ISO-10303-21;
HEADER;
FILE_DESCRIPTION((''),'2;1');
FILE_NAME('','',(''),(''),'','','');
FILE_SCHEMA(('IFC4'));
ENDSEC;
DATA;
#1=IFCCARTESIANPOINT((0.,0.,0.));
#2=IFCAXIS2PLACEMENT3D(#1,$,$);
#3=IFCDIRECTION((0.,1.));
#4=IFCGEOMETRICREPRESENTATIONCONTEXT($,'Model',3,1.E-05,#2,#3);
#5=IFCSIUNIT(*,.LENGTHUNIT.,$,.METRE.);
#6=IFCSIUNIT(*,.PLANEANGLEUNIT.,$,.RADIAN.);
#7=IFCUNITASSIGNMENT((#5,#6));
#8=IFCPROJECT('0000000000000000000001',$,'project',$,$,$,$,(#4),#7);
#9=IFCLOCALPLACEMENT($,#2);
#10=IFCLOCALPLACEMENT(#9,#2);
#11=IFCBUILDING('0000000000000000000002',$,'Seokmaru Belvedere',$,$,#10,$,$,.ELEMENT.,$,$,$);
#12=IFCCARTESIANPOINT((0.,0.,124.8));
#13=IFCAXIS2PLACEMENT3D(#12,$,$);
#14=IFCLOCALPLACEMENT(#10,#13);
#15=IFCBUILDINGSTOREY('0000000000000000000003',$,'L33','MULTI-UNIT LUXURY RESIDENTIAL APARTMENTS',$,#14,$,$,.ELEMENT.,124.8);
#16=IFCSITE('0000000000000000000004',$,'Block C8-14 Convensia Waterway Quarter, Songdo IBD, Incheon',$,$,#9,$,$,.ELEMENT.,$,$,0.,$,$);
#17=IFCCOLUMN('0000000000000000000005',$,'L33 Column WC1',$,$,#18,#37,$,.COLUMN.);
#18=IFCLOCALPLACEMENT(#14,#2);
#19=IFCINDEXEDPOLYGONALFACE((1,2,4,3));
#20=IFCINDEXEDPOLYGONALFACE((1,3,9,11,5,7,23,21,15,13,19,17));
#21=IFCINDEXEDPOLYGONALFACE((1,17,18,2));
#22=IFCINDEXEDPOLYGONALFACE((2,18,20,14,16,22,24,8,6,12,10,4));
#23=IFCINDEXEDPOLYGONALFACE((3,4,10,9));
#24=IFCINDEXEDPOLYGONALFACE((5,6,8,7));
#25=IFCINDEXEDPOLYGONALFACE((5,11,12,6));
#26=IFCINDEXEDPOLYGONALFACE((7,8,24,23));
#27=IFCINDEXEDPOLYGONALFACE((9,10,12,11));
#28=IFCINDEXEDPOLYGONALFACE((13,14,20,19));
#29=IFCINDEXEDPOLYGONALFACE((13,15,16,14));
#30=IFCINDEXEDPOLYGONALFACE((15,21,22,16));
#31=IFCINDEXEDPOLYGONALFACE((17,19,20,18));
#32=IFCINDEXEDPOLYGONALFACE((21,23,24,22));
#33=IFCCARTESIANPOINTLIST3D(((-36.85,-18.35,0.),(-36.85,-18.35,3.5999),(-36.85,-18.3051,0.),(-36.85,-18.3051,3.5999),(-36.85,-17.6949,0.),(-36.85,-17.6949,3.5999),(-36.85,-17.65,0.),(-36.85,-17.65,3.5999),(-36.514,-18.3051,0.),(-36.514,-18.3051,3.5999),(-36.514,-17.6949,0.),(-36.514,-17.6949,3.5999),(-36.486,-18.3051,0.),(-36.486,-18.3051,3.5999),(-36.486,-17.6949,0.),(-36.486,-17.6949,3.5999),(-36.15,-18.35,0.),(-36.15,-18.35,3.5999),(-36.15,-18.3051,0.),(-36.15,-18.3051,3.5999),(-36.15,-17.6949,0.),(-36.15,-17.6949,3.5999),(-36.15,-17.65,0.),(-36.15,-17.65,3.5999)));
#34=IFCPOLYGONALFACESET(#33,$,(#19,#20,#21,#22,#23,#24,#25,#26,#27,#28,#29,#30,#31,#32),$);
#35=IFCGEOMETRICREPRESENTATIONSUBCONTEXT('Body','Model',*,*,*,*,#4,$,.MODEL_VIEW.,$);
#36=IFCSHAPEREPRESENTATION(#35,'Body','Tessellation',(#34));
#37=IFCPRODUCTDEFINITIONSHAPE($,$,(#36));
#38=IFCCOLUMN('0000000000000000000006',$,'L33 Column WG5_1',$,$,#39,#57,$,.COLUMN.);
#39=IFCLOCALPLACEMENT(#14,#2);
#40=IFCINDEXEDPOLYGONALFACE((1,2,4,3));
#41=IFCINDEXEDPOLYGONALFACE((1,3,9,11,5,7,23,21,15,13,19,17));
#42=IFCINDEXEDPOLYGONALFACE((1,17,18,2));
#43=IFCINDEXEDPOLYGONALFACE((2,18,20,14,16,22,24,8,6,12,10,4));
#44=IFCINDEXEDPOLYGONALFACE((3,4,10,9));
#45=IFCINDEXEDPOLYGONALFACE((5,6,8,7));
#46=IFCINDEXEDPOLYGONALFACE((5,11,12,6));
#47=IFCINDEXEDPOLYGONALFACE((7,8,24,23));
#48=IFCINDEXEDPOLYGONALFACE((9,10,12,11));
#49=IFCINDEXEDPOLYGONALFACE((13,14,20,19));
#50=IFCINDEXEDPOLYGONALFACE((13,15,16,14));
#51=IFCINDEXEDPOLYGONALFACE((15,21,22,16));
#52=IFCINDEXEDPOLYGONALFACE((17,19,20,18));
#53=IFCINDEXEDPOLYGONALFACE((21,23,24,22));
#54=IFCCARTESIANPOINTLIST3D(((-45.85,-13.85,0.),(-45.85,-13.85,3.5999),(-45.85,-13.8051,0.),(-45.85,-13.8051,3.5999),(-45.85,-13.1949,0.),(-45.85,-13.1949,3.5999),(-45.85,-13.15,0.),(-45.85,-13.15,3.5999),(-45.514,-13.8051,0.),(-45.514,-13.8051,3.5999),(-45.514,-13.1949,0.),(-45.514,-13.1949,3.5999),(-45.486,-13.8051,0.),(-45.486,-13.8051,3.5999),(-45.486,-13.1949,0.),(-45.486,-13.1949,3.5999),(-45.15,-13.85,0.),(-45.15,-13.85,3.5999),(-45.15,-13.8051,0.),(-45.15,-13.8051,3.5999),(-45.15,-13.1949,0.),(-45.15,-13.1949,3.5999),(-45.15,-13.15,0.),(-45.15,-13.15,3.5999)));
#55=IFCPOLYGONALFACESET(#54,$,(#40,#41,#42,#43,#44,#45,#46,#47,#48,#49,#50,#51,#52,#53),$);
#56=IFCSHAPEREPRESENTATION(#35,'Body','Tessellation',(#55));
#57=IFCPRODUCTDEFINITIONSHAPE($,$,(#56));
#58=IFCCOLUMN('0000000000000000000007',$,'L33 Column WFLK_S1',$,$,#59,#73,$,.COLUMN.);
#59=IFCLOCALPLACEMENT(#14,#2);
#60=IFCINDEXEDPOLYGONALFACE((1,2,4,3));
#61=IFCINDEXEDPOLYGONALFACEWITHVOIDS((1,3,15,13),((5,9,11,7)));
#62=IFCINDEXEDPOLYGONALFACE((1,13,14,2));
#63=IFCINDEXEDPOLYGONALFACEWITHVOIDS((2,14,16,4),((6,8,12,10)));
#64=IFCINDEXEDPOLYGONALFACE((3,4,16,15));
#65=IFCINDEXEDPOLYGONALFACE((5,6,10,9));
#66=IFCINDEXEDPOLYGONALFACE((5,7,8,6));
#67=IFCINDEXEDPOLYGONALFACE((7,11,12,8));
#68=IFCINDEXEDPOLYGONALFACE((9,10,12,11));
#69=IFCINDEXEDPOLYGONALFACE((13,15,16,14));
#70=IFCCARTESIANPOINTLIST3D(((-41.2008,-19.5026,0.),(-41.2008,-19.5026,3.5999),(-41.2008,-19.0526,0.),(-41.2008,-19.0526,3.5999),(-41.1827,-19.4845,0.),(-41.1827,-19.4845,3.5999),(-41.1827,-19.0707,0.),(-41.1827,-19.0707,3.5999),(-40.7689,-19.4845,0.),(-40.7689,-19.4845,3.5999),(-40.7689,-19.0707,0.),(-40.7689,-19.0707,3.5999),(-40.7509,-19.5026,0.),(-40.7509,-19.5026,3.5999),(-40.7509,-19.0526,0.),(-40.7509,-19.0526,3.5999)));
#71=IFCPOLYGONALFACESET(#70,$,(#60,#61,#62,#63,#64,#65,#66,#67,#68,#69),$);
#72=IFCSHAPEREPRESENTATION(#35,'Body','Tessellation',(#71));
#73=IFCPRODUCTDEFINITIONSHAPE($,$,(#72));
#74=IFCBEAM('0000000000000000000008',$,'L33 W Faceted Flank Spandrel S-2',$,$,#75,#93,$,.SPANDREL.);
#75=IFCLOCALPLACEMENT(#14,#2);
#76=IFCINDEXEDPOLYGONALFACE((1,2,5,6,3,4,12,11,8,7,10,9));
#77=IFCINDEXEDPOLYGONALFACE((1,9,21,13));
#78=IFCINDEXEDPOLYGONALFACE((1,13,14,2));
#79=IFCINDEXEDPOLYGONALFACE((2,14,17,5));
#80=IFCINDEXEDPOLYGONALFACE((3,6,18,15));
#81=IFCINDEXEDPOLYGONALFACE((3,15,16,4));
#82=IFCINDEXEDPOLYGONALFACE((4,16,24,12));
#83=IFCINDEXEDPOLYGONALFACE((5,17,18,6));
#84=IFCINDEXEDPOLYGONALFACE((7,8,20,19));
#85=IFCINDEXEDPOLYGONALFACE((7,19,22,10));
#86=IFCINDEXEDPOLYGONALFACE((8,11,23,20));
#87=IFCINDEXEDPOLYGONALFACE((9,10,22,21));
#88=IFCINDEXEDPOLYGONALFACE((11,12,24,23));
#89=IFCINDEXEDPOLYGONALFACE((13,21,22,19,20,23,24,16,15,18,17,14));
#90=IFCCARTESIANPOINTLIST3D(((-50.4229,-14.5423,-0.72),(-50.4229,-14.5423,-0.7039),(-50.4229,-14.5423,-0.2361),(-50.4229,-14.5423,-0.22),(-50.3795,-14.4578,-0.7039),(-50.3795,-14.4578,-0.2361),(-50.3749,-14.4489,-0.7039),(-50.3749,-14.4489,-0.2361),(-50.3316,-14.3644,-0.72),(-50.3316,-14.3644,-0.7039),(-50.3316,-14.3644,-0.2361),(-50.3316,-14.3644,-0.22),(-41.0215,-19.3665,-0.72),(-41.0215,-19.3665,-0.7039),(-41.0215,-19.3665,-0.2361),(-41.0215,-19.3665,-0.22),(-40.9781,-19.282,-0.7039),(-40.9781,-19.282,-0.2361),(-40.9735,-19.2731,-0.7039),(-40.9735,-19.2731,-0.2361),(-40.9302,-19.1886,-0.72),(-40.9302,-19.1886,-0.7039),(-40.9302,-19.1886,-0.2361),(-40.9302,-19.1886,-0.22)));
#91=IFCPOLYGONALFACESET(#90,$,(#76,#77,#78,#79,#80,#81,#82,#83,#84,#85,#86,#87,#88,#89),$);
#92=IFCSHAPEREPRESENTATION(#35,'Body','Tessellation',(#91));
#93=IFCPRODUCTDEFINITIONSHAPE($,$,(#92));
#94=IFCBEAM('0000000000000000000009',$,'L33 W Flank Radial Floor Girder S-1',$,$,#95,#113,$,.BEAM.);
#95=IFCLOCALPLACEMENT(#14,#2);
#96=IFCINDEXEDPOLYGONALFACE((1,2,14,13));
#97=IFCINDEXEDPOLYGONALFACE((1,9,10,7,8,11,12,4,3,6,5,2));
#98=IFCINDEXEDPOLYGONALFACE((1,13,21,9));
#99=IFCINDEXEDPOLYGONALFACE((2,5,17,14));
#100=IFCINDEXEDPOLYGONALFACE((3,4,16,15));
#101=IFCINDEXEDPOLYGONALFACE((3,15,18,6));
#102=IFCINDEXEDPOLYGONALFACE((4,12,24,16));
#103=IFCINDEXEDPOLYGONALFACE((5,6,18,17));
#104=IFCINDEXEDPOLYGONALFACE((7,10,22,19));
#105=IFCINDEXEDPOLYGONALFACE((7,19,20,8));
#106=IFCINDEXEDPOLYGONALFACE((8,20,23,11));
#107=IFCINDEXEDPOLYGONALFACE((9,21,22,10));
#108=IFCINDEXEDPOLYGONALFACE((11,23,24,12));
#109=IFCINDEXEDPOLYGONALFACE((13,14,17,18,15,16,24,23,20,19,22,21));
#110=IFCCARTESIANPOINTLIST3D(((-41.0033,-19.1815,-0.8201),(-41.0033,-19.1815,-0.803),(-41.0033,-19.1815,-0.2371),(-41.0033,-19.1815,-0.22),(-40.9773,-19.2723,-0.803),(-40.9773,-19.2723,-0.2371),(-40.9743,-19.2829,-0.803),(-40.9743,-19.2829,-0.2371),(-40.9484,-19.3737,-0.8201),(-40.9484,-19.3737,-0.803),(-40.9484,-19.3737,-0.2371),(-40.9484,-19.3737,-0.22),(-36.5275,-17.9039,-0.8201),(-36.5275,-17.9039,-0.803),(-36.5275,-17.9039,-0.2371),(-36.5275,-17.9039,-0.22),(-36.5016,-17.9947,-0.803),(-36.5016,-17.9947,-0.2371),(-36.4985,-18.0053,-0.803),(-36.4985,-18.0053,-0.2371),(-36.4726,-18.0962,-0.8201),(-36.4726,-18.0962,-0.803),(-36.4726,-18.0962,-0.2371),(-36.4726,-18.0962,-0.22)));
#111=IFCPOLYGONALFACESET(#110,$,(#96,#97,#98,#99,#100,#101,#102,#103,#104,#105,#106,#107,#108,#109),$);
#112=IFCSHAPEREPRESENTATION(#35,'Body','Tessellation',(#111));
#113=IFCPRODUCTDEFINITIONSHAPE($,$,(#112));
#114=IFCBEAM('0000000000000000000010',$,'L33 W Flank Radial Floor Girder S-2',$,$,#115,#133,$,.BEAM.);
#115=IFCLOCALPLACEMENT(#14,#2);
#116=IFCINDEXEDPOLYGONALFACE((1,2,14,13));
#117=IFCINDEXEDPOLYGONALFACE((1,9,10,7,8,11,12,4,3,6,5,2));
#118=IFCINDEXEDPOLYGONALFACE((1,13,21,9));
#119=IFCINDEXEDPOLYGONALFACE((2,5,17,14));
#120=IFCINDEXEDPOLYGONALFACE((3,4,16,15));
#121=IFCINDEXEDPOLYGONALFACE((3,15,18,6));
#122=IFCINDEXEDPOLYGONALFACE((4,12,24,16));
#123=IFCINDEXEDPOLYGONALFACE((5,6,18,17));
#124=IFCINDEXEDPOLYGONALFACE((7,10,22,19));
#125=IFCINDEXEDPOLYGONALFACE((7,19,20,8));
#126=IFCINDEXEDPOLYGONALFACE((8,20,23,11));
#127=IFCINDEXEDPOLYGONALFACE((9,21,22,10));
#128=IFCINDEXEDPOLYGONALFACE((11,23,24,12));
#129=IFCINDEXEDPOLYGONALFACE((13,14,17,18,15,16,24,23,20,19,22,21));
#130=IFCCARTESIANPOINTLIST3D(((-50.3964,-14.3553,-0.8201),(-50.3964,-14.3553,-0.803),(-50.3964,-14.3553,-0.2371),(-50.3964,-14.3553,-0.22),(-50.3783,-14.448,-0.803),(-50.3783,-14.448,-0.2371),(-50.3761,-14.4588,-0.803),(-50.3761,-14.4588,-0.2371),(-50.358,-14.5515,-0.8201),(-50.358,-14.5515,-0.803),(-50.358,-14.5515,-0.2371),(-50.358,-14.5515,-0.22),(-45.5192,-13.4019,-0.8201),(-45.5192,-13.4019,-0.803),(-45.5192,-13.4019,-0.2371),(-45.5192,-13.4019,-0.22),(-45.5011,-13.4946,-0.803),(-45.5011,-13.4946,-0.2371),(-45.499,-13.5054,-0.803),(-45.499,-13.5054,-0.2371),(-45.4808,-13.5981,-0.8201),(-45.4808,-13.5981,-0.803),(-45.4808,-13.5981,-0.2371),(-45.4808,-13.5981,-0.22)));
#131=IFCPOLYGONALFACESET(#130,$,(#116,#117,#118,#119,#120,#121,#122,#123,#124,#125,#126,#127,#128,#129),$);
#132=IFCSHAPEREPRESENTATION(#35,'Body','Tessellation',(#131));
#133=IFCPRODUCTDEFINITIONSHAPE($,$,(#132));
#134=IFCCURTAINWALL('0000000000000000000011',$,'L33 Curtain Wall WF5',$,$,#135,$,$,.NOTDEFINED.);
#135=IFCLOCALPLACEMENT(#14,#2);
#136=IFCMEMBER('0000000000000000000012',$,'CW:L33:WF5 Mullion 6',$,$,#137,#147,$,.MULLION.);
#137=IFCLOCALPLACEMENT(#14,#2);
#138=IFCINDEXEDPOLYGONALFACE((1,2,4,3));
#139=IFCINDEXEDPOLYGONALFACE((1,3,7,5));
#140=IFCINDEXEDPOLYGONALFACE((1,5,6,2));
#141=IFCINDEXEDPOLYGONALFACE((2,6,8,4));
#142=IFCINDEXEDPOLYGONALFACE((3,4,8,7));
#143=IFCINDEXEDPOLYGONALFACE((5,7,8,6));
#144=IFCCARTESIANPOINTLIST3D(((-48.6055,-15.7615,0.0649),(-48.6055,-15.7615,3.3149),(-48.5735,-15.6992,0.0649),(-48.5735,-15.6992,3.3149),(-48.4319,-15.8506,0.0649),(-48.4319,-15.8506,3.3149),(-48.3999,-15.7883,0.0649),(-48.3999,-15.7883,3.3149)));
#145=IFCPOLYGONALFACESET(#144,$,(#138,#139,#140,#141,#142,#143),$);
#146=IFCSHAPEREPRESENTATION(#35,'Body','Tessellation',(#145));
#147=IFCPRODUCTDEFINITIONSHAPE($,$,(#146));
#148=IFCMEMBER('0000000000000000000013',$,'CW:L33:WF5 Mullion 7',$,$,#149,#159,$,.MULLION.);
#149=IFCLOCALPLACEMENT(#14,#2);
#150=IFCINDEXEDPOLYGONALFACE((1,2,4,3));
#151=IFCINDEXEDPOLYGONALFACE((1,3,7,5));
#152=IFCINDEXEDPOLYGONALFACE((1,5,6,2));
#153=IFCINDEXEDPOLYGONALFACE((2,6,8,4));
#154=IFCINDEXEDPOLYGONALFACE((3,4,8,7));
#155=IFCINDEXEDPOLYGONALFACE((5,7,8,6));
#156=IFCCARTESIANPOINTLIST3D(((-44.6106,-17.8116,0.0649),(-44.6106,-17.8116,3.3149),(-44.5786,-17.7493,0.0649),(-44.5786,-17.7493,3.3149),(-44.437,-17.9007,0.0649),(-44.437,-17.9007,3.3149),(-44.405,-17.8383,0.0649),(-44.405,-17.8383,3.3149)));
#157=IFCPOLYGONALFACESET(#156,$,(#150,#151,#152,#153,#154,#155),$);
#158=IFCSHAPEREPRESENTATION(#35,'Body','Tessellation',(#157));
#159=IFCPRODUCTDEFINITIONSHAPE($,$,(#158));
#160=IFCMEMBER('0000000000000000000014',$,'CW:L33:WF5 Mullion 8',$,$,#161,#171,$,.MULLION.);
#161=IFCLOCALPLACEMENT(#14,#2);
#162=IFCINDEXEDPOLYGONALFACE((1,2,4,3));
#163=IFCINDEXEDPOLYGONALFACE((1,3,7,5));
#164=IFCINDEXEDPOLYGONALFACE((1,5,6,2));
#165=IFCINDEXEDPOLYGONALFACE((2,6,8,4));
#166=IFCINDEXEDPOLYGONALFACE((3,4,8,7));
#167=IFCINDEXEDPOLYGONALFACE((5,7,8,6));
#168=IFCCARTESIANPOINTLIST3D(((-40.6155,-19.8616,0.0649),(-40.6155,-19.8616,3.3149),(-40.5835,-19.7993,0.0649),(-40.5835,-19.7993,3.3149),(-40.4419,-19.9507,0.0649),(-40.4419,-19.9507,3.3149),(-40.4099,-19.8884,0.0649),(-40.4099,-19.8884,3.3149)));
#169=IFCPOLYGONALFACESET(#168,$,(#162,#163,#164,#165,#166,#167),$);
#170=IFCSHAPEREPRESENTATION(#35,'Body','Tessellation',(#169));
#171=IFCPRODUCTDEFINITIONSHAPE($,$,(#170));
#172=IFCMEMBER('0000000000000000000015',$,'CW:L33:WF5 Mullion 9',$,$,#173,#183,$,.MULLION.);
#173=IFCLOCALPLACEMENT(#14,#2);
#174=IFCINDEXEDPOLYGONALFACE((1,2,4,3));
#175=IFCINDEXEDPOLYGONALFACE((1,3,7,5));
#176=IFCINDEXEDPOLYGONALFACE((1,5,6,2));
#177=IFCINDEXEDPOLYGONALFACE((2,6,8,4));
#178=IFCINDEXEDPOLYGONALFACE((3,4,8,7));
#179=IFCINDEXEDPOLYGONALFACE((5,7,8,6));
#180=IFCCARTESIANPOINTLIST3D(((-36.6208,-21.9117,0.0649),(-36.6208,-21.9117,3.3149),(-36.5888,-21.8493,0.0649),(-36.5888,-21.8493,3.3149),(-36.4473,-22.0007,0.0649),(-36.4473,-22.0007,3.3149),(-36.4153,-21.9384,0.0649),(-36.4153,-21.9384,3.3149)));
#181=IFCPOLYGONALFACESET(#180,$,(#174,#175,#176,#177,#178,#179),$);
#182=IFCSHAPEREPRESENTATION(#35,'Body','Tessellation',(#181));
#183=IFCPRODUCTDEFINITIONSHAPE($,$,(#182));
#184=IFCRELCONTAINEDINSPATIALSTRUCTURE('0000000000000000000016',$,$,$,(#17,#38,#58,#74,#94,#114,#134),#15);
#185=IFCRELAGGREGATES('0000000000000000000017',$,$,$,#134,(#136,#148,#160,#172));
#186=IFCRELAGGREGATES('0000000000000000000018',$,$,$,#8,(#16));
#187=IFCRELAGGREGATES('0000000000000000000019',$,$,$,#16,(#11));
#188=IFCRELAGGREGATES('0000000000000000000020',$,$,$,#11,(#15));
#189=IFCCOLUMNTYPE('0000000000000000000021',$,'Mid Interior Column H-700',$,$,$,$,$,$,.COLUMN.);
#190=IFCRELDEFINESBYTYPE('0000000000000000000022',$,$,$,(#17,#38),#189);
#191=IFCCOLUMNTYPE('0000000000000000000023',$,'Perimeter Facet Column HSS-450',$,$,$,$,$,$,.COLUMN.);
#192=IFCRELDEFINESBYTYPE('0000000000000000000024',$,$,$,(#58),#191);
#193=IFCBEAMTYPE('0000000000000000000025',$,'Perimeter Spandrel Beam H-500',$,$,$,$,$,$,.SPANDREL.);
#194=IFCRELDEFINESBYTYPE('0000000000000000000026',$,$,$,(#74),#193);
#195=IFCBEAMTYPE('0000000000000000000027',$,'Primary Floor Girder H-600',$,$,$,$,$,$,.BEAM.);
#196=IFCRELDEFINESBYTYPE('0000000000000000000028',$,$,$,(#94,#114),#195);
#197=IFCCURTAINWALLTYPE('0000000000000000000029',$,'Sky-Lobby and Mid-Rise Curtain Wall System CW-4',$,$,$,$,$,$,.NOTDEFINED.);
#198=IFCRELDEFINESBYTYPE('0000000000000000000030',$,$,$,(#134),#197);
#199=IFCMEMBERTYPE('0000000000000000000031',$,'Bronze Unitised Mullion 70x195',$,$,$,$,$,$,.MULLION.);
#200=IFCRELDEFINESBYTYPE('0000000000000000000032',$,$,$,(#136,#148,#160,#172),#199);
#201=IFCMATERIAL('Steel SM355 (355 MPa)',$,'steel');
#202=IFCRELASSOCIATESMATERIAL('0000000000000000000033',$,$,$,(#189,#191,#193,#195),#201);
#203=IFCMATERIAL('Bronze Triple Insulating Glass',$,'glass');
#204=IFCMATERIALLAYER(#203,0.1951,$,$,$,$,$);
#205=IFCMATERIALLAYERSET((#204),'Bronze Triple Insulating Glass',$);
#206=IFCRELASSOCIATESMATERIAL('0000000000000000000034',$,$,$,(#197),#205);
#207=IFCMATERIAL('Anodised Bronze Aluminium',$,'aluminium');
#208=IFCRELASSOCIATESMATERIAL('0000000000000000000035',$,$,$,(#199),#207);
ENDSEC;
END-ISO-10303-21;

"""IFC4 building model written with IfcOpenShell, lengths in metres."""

from ifc_helpers import new_model, si_unit, direction, frame, origin, origin_2d, place, context, subcontext, project, spatial, rectangle, hollow_rectangle, i_section, extrude, source, transform, mapped, material, layer, layer_set, material_profile, profile_set, type_object, type_shapes, element, aggregate, save


model = new_model("IFC4")

# Units and contexts
model_context = context("Model", 3, precision=1e-05, world=origin(), true_north=direction((0.0, 1.0)))
body_context = subcontext(model_context, "Body", "Model", "MODEL_VIEW")
ifc_project = project(units=[si_unit("LENGTHUNIT", "METRE"), si_unit("PLANEANGLEUNIT", "RADIAN")], contexts=[model_context])

# Site, building, storey
site_placement = place(None, origin())
site = spatial("IfcSite", under=ifc_project, at=site_placement, Name="Block C8-14 Convensia Waterway Quarter, Songdo IBD, Incheon", CompositionType="ELEMENT", RefElevation=0.0)
building_placement = place(site_placement, origin())
building = spatial("IfcBuilding", under=site, at=building_placement, Name="Seokmaru Belvedere", CompositionType="ELEMENT")
storey_placement = place(building_placement, frame((0.0, 0.0, 124.8)))
storey = spatial("IfcBuildingStorey", under=building, at=storey_placement, Name="L33", Description="MULTI-UNIT LUXURY RESIDENTIAL APARTMENTS", CompositionType="ELEMENT", Elevation=124.8)

# Columns
ifc_material_1 = material(Name="Steel SM355 (355 MPa)", Category="steel")
ifc_material_profile_1 = material_profile(ifc_material_1, i_section(OverallWidth=0.7, OverallDepth=0.7, WebThickness=0.0281, FlangeThickness=0.0449, at=origin_2d()), Name="H-700x700x28x45")
ifc_profile_set_1 = profile_set([ifc_material_profile_1], Name="Steel SM355 (355 MPa)")
column_type_1 = type_object("IfcColumnType", Name="Mid Interior Column H-700", PredefinedType="COLUMN", material=ifc_profile_set_1)
shared_shape_1 = source(origin(), body_context, "Body", "SweptSolid", [
    extrude(i_section(OverallWidth=0.7, OverallDepth=0.7, WebThickness=0.0281, FlangeThickness=0.0449, at=origin_2d()), origin(), (0.0, 0.0, 1.0), 3.5999),
])
type_shapes(column_type_1, [shared_shape_1])
for number, where, z_axis, x_axis, name in (
    (1, (-36.5, -18.0, 0.0), (0.0, 0.0, 1.0), (1.0, 0.0, 0.0), "L33 Column WC1"),
    (2, (-45.5, -13.5, 0.0), (0.0, 0.0, 1.0), (1.0, 0.0, 0.0), "L33 Column WG5_1"),
):
    element("IfcColumn", number, at=place(storey_placement, frame(where, z_axis=z_axis, x_axis=x_axis)), inside=storey, type_object=column_type_1, Name=name, PredefinedType="COLUMN", context=body_context, shape_type="MappedRepresentation", body=[
        mapped(shared_shape_1, transform((0.0, 0.0, 0.0), scale=1.0)),
    ])
ifc_material_profile_2 = material_profile(ifc_material_1, hollow_rectangle(XDim=0.45, YDim=0.45, WallThickness=0.0181, at=origin_2d()), Name="HSS-450x450x18")
ifc_profile_set_2 = profile_set([ifc_material_profile_2], Name="Steel SM355 (355 MPa)")
column_type_2 = type_object("IfcColumnType", Name="Perimeter Facet Column HSS-450", PredefinedType="COLUMN", material=ifc_profile_set_2)
shared_shape_2 = source(origin(), body_context, "Body", "SweptSolid", [
    extrude(hollow_rectangle(XDim=0.45, YDim=0.45, WallThickness=0.0181, at=origin_2d()), origin(), (0.0, 0.0, 1.0), 3.5999),
])
type_shapes(column_type_2, [shared_shape_2])
column_placement = place(storey_placement, frame((-40.9758, -19.2776, 0.0), z_axis=(0.0, 0.0, 1.0), x_axis=(1.0, 0.0, 0.0)))
element("IfcColumn", 3, at=column_placement, inside=storey, type_object=column_type_2, Name="L33 Column WFLK_S1", PredefinedType="COLUMN", context=body_context, shape_type="MappedRepresentation", body=[
    mapped(shared_shape_2, transform((0.0, 0.0, 0.0), scale=1.0)),
])

# Beams
ifc_material_profile_3 = material_profile(ifc_material_1, i_section(OverallWidth=0.2, OverallDepth=0.5, WebThickness=0.01, FlangeThickness=0.0161, at=origin_2d()), Name="H-500x200x10x16")
ifc_profile_set_3 = profile_set([ifc_material_profile_3], Name="Steel SM355 (355 MPa)")
beam_type_1 = type_object("IfcBeamType", Name="Perimeter Spandrel Beam H-500", PredefinedType="SPANDREL", material=ifc_profile_set_3)
shared_shape_3 = source(origin(), body_context, "Body", "SweptSolid", [
    extrude(i_section(OverallWidth=0.2, OverallDepth=0.5, WebThickness=0.01, FlangeThickness=0.0161, at=origin_2d()), origin(), (0.0, 0.0, 1.0), 10.5669),
])
type_shapes(beam_type_1, [shared_shape_3])
beam_1_placement = place(storey_placement, frame((-40.9758, -19.2776, -0.47), z_axis=(-0.889702, 0.456542, 0.0), x_axis=(-0.456542, -0.889702, 0.0)))
element("IfcBeam", 4, at=beam_1_placement, inside=storey, type_object=beam_type_1, Name="L33 W Faceted Flank Spandrel S-2", PredefinedType="SPANDREL", context=body_context, shape_type="MappedRepresentation", body=[
    mapped(shared_shape_3, transform((0.0, 0.0, 0.0), scale=1.0)),
])
ifc_material_profile_4 = material_profile(ifc_material_1, i_section(OverallWidth=0.2, OverallDepth=0.6001, WebThickness=0.011, FlangeThickness=0.0171, at=origin_2d()), Name="H-600x200x11x17")
ifc_profile_set_4 = profile_set([ifc_material_profile_4], Name="Steel SM355 (355 MPa)")
beam_type_2 = type_object("IfcBeamType", Name="Primary Floor Girder H-600", PredefinedType="BEAM", material=ifc_profile_set_4)
shared_shape_4 = source(origin(), body_context, "Body", "SweptSolid", [
    extrude(i_section(OverallWidth=0.2, OverallDepth=0.6001, WebThickness=0.011, FlangeThickness=0.0171, at=origin_2d()), origin(), (0.0, 0.0, 1.0), 4.6545),
])
beam_2_placement = place(storey_placement, frame((-40.9758, -19.2776, -0.52), z_axis=(0.961593, 0.274479, 0.0), x_axis=(-0.274479, 0.961593, 0.0)))
element("IfcBeam", 5, at=beam_2_placement, inside=storey, type_object=beam_type_2, Name="L33 W Flank Radial Floor Girder S-1", PredefinedType="BEAM", context=body_context, shape_type="MappedRepresentation", body=[
    mapped(shared_shape_4, transform((0.0, 0.0, 0.0), scale=1.0)),
])
shared_shape_5 = source(origin(), body_context, "Body", "SweptSolid", [
    extrude(i_section(OverallWidth=0.2, OverallDepth=0.6001, WebThickness=0.011, FlangeThickness=0.0171, at=origin_2d()), origin(), (0.0, 0.0, 1.0), 4.9695),
])
type_shapes(beam_type_2, [shared_shape_4, shared_shape_5])
beam_3_placement = place(storey_placement, frame((-50.3772, -14.4534, -0.52), z_axis=(0.981425, 0.191844, 0.0), x_axis=(-0.191844, 0.981425, 0.0)))
element("IfcBeam", 6, at=beam_3_placement, inside=storey, type_object=beam_type_2, Name="L33 W Flank Radial Floor Girder S-2", PredefinedType="BEAM", context=body_context, shape_type="MappedRepresentation", body=[
    mapped(shared_shape_5, transform((0.0, 0.0, 0.0), scale=1.0)),
])

# Curtain wall, members
ifc_material_2 = material(Name="Bronze Triple Insulating Glass", Category="glass")
ifc_layer_1 = layer(ifc_material_2, 0.1951)
ifc_layer_set_1 = layer_set([ifc_layer_1], Name="Bronze Triple Insulating Glass")
curtain_wall_type = type_object("IfcCurtainWallType", Name="Sky-Lobby and Mid-Rise Curtain Wall System CW-4", PredefinedType="NOTDEFINED", material=ifc_layer_set_1)
curtain_wall_placement = place(storey_placement, origin())
curtain_wall = element("IfcCurtainWall", 7, at=curtain_wall_placement, inside=storey, type_object=curtain_wall_type, Name="L33 Curtain Wall WF5", PredefinedType="NOTDEFINED")
ifc_material_3 = material(Name="Anodised Bronze Aluminium", Category="aluminium")
ifc_material_profile_5 = material_profile(ifc_material_3, rectangle(XDim=0.0701, YDim=0.1951, at=origin_2d()), Name="CW-M-70x195")
ifc_profile_set_5 = profile_set([ifc_material_profile_5], Name="Anodised Bronze Aluminium")
member_type = type_object("IfcMemberType", Name="Bronze Unitised Mullion 70x195", PredefinedType="MULLION", material=ifc_profile_set_5)
shared_shape_6 = source(origin(), body_context, "Body", "SweptSolid", [
    extrude(rectangle(XDim=0.0701, YDim=0.1951, at=origin_2d()), origin(), (0.0, 0.0, 1.0), 3.25),
])
type_shapes(member_type, [shared_shape_6])
member_1_placement = place(storey_placement, frame((-48.5027, -15.7749, 0.0649), z_axis=(0.0, 0.0, 1.0), x_axis=(0.456555, 0.889695, 0.0)))
member_1 = element("IfcMember", 8, at=member_1_placement, type_object=member_type, Name="CW:L33:WF5 Mullion 6", PredefinedType="MULLION", context=body_context, shape_type="MappedRepresentation", body=[
    mapped(shared_shape_6, transform((0.0, 0.0, 0.0), scale=1.0)),
])
member_2_placement = place(storey_placement, frame((-44.5078, -17.825, 0.0649), z_axis=(0.0, 0.0, 1.0), x_axis=(0.456555, 0.889695, 0.0)))
member_2 = element("IfcMember", 9, at=member_2_placement, type_object=member_type, Name="CW:L33:WF5 Mullion 7", PredefinedType="MULLION", context=body_context, shape_type="MappedRepresentation", body=[
    mapped(shared_shape_6, transform((0.0, 0.0, 0.0), scale=1.0)),
])
member_3_placement = place(storey_placement, frame((-40.5127, -19.875, 0.0649), z_axis=(0.0, 0.0, 1.0), x_axis=(0.456555, 0.889695, 0.0)))
member_3 = element("IfcMember", 10, at=member_3_placement, type_object=member_type, Name="CW:L33:WF5 Mullion 8", PredefinedType="MULLION", context=body_context, shape_type="MappedRepresentation", body=[
    mapped(shared_shape_6, transform((0.0, 0.0, 0.0), scale=1.0)),
])
member_4_placement = place(storey_placement, frame((-36.5181, -21.925, 0.0649), z_axis=(0.0, 0.0, 1.0), x_axis=(0.456555, 0.889695, 0.0)))
member_4 = element("IfcMember", 11, at=member_4_placement, type_object=member_type, Name="CW:L33:WF5 Mullion 9", PredefinedType="MULLION", context=body_context, shape_type="MappedRepresentation", body=[
    mapped(shared_shape_6, transform((0.0, 0.0, 0.0), scale=1.0)),
])
aggregate(curtain_wall, [member_1, member_2, member_3, member_4])

save(model, "model.ifc")
